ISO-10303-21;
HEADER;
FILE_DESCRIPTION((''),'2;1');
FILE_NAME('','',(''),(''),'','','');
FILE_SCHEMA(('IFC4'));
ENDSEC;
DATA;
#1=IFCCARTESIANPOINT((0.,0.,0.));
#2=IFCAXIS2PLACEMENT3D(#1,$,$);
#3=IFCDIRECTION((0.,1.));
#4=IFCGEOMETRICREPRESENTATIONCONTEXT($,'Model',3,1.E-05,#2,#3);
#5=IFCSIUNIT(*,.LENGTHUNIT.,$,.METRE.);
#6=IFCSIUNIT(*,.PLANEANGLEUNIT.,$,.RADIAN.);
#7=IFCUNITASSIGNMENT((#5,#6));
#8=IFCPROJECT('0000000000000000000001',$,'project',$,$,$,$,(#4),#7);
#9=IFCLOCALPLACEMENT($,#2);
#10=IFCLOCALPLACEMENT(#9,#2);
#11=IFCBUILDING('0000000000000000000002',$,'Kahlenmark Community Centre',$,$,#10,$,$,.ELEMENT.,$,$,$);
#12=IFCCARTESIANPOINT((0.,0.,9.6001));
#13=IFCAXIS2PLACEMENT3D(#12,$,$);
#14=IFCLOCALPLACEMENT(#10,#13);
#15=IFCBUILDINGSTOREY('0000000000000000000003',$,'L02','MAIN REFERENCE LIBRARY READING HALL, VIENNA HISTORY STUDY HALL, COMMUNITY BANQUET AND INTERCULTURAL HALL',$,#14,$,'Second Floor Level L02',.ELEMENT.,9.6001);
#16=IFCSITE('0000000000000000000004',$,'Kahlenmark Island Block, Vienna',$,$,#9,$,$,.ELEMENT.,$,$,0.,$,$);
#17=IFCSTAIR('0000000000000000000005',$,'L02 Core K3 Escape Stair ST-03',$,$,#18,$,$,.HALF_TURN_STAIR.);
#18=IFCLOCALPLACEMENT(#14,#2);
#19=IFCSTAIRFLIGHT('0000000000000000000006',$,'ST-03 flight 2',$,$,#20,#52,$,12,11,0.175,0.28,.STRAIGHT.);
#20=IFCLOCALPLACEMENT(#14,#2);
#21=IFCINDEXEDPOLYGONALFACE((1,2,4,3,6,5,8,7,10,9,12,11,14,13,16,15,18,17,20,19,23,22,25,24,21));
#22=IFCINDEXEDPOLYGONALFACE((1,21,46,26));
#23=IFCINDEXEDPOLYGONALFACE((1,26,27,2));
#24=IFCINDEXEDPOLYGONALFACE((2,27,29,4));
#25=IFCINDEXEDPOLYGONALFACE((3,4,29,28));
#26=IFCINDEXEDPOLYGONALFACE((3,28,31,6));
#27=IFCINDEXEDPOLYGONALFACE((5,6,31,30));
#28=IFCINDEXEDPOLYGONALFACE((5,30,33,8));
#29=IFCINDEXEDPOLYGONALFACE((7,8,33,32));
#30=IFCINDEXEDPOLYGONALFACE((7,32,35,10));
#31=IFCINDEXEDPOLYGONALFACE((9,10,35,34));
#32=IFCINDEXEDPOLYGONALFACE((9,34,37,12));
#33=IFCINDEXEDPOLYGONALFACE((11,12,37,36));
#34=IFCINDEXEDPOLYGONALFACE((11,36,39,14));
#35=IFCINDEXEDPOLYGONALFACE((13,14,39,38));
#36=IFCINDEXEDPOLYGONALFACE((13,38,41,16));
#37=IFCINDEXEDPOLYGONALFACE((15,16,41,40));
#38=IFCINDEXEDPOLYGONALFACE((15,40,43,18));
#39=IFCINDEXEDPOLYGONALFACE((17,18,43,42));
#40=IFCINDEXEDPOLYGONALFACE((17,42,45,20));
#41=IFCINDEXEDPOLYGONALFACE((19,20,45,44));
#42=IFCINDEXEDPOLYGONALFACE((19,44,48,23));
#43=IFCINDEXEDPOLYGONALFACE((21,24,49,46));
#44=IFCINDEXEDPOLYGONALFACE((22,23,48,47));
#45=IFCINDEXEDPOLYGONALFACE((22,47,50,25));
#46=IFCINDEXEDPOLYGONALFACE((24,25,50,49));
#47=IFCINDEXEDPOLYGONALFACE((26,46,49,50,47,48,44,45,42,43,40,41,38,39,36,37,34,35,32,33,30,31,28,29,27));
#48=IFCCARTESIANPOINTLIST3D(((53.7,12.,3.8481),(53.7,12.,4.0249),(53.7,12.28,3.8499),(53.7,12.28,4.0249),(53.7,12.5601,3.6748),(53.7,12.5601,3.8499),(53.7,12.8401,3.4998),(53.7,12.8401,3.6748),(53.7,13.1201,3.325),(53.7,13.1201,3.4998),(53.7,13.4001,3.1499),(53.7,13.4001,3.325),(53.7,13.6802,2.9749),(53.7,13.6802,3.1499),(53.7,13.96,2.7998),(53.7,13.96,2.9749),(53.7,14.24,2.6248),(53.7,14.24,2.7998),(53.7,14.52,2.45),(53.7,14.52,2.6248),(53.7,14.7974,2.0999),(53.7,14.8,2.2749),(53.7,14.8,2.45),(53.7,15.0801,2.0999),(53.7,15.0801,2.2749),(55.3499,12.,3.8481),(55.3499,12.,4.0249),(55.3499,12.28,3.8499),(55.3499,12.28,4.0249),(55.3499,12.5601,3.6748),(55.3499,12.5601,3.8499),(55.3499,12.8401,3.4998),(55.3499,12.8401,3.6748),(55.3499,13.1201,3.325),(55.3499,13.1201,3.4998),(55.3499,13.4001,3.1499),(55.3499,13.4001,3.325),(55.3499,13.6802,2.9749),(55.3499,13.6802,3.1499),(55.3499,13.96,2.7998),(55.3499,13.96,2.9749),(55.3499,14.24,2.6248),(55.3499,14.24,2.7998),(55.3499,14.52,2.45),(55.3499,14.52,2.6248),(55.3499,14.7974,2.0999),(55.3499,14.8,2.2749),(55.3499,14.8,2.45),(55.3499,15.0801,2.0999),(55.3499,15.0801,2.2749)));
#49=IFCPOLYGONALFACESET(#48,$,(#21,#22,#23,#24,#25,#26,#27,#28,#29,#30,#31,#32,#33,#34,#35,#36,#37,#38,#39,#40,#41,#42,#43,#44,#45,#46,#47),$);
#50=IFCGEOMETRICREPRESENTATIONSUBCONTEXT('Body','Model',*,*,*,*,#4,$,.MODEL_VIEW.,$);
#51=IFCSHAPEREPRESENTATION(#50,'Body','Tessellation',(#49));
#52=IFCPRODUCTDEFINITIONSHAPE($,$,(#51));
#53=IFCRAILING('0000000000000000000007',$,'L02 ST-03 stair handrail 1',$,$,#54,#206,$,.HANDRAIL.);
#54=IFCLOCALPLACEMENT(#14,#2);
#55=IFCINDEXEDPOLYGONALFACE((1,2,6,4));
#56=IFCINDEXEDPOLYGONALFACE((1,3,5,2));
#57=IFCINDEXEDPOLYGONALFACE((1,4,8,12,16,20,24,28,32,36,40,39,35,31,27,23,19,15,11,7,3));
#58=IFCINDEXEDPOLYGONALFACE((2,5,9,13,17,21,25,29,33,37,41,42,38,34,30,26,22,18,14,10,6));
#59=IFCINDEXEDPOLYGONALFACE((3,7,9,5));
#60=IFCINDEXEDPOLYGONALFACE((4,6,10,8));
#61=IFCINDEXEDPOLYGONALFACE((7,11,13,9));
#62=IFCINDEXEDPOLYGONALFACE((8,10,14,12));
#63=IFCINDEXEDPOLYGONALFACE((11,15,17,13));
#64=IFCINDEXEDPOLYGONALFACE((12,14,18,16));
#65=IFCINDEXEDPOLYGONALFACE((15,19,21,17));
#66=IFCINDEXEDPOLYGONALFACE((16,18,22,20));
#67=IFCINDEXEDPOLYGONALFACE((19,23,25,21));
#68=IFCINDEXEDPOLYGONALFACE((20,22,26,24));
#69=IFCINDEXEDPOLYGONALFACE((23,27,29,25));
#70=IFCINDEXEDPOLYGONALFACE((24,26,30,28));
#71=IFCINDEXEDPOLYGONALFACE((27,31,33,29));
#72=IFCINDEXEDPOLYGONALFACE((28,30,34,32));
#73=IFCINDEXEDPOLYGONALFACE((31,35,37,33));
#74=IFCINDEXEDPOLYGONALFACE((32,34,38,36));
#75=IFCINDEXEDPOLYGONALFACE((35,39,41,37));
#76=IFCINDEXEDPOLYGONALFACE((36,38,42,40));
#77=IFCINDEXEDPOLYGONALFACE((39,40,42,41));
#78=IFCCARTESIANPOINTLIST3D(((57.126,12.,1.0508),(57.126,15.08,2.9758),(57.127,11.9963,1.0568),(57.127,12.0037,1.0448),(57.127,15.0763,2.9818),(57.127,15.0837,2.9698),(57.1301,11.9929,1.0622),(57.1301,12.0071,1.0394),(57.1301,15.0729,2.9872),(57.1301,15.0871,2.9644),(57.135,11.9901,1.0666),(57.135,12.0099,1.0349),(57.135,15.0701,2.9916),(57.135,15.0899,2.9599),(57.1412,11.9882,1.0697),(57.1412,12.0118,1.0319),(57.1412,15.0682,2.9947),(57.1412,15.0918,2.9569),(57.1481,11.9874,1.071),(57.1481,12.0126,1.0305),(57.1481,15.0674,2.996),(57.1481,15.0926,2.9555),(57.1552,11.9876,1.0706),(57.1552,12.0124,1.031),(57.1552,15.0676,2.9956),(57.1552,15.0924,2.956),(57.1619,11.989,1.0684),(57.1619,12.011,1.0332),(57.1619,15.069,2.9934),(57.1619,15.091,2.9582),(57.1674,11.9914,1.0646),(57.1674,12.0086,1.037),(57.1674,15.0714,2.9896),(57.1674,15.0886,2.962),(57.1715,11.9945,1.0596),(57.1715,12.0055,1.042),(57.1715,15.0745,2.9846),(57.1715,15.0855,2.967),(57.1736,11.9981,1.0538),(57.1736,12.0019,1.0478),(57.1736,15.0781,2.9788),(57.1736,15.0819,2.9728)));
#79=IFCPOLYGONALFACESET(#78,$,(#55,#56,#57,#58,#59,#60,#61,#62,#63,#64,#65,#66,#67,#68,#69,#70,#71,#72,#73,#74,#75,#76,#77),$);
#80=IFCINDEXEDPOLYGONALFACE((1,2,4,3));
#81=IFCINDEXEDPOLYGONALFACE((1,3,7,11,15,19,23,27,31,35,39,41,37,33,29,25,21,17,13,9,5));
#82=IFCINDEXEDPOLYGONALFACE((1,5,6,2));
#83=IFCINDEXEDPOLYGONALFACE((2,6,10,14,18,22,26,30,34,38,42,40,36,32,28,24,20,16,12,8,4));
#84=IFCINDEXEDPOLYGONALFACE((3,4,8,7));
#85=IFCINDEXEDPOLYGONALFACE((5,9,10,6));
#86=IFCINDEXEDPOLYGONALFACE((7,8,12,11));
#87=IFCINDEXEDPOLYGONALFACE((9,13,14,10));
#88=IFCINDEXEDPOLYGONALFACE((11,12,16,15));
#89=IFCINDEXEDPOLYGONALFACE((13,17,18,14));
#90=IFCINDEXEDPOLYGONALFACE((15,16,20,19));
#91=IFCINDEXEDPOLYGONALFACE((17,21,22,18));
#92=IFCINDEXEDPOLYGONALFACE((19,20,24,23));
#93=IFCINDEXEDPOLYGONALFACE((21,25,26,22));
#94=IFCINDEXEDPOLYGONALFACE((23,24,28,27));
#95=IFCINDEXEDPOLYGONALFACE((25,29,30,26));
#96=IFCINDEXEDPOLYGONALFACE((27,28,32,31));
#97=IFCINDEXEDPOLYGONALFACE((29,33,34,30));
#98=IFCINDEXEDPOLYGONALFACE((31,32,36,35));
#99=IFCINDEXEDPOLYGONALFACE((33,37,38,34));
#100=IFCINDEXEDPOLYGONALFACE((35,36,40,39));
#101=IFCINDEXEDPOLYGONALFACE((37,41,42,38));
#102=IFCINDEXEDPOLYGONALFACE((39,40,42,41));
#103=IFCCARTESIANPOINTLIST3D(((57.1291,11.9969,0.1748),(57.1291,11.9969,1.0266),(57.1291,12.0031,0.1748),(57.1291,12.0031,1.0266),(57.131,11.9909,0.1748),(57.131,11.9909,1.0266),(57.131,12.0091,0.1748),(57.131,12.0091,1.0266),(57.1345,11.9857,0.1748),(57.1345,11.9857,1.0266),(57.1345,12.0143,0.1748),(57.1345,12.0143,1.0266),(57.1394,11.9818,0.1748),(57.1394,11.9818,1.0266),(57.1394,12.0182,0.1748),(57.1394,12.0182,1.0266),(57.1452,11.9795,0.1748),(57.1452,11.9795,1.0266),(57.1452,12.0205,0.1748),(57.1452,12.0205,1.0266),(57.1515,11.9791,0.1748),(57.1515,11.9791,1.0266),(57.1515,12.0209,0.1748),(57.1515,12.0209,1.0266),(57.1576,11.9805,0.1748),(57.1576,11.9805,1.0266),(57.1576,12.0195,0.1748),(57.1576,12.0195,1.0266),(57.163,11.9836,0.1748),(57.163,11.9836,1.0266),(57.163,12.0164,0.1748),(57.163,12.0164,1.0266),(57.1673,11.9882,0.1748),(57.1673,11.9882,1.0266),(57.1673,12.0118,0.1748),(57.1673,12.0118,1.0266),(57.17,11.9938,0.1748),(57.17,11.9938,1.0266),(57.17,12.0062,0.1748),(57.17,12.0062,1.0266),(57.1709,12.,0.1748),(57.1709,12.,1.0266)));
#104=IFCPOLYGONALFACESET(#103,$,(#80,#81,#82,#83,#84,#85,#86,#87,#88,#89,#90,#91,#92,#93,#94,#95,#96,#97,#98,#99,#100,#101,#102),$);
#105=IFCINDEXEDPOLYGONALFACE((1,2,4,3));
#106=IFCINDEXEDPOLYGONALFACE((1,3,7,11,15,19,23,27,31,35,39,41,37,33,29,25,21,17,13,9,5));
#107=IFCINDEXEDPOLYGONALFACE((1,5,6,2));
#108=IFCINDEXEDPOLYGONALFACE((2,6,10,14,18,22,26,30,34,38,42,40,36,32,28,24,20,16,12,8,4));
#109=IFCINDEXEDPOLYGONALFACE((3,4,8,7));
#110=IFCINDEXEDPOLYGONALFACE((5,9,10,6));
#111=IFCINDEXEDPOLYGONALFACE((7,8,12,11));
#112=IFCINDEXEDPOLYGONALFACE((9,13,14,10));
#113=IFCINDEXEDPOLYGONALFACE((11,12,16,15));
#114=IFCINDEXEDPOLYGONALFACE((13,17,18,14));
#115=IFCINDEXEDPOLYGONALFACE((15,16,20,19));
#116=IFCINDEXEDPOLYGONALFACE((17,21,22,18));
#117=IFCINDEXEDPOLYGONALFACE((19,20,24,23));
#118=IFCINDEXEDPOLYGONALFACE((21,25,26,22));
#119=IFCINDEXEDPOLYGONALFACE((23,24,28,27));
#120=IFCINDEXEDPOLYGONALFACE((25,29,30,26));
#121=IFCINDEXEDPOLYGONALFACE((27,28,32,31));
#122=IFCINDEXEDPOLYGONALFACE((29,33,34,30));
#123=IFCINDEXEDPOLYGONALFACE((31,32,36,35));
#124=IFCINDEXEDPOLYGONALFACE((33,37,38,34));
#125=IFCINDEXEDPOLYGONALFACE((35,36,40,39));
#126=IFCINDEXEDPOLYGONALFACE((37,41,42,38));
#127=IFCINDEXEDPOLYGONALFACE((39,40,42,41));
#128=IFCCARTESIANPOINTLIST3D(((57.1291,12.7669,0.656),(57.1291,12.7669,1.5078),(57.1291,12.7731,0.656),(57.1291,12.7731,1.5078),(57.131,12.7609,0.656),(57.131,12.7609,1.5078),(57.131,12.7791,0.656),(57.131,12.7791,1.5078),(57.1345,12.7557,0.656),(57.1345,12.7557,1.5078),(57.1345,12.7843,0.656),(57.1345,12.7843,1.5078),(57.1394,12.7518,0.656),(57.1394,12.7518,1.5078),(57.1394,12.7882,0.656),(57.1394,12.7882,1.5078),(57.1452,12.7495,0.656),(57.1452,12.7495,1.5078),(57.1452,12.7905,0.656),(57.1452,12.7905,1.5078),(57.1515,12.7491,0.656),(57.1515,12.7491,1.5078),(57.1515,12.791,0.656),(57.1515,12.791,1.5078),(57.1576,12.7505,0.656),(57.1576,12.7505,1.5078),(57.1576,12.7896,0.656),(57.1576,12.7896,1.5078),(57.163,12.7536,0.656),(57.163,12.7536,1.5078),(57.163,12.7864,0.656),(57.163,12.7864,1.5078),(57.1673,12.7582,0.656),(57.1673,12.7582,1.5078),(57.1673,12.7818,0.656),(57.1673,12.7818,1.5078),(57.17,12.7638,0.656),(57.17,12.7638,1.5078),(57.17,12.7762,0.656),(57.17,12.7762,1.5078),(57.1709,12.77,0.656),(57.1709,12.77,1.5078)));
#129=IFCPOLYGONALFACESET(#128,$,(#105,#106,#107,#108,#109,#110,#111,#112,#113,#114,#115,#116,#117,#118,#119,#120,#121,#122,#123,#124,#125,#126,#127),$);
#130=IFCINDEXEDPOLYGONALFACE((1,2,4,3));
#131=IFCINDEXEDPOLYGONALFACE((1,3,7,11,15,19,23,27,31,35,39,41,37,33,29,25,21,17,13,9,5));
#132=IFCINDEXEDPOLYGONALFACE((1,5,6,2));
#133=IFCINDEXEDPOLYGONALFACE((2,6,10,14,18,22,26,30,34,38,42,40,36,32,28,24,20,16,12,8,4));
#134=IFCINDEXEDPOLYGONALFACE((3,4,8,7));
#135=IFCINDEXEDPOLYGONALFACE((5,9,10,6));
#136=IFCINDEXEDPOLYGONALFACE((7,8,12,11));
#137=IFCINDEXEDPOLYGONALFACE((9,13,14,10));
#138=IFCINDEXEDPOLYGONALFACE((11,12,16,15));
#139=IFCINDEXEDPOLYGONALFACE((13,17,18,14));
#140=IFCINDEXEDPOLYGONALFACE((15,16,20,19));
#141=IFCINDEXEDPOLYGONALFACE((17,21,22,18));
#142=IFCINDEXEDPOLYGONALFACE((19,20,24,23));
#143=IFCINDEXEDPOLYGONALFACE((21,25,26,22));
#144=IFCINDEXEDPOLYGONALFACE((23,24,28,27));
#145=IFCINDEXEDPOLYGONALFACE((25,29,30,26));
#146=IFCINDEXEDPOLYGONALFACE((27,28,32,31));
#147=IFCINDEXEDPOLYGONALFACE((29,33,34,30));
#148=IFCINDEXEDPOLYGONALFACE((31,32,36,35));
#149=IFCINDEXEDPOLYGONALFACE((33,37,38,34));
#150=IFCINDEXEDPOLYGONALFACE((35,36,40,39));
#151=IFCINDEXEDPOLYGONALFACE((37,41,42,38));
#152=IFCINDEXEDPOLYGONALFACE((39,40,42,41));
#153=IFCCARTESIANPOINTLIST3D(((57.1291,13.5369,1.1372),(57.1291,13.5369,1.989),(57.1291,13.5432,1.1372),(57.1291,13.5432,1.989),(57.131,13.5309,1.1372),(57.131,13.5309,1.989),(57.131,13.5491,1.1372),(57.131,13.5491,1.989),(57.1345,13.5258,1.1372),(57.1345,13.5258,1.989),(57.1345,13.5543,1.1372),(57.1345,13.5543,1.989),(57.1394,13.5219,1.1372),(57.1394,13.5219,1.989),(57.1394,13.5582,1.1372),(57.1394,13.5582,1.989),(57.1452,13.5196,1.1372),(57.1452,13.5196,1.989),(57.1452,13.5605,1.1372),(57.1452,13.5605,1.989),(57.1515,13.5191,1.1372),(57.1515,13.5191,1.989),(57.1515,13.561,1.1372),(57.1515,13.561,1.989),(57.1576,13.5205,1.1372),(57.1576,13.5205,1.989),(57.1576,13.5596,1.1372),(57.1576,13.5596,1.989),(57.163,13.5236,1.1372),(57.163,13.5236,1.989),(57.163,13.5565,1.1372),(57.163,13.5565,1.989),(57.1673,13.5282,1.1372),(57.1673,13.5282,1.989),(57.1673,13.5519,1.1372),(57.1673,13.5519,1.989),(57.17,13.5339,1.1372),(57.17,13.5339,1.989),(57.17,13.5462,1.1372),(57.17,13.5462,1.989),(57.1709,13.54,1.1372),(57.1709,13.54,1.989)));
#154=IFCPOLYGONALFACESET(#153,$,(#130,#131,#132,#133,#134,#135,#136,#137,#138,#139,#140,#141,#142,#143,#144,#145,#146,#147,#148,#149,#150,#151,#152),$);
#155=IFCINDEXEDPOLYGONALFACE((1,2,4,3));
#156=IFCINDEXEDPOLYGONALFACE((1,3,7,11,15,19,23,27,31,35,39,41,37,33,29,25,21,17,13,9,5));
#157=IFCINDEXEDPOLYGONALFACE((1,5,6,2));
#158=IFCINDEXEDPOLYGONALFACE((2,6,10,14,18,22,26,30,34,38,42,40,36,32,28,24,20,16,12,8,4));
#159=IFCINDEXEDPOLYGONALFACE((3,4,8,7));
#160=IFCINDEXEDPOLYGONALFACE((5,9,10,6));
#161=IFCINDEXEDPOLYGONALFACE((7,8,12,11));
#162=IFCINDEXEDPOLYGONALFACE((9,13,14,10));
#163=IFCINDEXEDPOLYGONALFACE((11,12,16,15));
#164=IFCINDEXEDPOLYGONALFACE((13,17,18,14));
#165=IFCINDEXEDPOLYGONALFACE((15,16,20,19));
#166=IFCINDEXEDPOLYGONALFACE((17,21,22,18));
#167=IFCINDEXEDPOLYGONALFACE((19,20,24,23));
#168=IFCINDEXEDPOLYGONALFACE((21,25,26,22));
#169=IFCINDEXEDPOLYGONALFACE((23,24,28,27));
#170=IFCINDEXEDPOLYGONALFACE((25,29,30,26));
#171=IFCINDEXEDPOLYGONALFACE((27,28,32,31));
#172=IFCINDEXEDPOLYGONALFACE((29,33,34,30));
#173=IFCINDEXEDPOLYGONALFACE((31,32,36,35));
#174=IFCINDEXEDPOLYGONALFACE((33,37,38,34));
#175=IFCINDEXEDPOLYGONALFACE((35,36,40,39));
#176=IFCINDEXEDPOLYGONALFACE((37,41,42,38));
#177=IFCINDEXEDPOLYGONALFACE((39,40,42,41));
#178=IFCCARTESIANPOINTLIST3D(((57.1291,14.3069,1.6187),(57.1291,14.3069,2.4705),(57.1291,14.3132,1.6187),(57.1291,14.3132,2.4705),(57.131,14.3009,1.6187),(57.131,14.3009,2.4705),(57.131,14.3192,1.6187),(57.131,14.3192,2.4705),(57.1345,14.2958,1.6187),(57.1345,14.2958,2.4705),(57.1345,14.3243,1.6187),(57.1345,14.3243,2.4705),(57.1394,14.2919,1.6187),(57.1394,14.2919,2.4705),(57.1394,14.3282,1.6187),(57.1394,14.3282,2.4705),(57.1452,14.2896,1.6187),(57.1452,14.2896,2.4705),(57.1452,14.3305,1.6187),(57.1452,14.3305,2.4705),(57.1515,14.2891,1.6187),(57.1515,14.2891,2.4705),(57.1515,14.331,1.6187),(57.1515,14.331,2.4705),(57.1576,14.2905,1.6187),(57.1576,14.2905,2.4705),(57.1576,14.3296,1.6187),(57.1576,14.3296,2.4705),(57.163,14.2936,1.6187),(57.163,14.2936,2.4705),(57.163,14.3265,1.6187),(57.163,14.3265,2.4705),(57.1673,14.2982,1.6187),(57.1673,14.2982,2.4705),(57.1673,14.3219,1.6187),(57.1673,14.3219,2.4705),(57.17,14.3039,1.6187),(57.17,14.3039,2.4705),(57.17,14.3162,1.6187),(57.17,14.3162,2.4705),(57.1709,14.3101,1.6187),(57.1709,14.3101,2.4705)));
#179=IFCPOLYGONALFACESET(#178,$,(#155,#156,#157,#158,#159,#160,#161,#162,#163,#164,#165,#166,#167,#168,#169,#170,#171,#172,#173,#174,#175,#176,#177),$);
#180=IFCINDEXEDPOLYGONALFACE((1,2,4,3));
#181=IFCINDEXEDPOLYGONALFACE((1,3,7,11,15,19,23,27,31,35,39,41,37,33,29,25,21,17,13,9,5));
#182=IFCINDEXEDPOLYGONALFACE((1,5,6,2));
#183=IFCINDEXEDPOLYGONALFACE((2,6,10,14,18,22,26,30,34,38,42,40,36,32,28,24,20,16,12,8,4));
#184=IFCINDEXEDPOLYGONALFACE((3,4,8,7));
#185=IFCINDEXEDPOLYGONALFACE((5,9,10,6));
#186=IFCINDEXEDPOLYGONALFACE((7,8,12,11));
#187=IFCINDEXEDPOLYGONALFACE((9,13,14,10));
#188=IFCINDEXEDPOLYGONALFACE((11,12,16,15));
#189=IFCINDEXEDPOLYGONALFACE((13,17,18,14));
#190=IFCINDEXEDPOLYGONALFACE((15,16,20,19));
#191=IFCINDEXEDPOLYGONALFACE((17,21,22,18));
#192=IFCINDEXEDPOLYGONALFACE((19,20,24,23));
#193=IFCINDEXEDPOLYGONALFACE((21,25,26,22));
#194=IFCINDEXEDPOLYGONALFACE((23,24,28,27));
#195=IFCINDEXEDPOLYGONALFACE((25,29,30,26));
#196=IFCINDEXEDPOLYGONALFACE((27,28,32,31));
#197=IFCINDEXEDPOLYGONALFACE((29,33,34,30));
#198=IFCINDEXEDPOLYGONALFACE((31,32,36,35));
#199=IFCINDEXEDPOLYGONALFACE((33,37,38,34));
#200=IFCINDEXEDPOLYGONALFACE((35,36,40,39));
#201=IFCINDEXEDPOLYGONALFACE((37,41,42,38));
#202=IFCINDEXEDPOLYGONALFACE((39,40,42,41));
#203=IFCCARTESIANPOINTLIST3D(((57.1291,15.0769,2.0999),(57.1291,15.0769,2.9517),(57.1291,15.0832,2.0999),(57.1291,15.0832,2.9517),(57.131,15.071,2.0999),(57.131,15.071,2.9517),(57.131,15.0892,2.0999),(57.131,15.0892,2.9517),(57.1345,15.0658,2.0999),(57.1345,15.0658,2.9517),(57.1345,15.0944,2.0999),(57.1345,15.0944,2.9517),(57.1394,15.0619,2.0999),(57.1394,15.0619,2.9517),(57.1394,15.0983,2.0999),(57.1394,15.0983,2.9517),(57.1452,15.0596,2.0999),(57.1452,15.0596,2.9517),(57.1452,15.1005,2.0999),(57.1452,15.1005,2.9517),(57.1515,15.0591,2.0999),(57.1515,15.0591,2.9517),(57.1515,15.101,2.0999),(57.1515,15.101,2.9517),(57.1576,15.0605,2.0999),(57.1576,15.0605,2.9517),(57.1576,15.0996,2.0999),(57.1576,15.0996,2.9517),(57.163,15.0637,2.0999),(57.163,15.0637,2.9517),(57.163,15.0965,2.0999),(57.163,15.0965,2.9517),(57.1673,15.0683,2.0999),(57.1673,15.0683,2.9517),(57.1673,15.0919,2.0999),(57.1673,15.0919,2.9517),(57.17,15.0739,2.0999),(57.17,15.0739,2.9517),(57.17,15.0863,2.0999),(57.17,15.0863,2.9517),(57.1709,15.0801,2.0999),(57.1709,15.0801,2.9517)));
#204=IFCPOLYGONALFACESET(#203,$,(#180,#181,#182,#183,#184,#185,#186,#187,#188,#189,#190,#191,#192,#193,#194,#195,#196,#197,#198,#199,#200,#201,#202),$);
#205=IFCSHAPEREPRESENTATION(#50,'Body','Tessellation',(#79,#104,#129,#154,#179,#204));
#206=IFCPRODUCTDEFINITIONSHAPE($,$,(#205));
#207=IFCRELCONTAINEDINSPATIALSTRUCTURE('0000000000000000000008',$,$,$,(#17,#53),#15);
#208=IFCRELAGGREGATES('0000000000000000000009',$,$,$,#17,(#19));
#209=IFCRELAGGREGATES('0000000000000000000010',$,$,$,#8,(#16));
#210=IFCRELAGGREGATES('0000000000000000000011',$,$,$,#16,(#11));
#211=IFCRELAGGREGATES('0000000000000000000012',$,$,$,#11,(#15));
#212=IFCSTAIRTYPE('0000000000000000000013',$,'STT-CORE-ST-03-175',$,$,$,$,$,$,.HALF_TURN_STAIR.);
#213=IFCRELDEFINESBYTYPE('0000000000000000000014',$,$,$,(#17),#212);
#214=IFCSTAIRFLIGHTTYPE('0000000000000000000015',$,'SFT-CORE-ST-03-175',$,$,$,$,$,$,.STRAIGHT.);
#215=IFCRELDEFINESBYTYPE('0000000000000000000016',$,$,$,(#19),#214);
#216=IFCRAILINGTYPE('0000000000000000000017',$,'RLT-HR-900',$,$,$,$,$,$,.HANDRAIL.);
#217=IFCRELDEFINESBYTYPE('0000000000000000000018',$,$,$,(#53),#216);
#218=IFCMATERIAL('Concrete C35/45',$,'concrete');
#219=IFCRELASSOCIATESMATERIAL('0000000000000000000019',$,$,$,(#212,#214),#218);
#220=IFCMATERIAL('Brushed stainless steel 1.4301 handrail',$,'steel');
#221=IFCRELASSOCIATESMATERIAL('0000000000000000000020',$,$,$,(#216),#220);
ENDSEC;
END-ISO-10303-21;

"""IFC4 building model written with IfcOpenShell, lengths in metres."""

from ifc_helpers import new_model, si_unit, direction, frame, origin, origin_2d, place, context, subcontext, project, spatial, polyline, circle, outline, extrude, material, type_object, element, aggregate, save


model = new_model("IFC4")

# Units and contexts
model_context = context("Model", 3, precision=1e-05, world=origin(), true_north=direction((0.0, 1.0)))
body_context = subcontext(model_context, "Body", "Model", "MODEL_VIEW")
ifc_project = project(units=[si_unit("LENGTHUNIT", "METRE"), si_unit("PLANEANGLEUNIT", "RADIAN")], contexts=[model_context])

# Site, building, storey
site_placement = place(None, origin())
site = spatial("IfcSite", under=ifc_project, at=site_placement, Name="Kahlenmark Island Block, Vienna", CompositionType="ELEMENT", RefElevation=0.0)
building_placement = place(site_placement, origin())
building = spatial("IfcBuilding", under=site, at=building_placement, Name="Kahlenmark Community Centre", CompositionType="ELEMENT")
storey_placement = place(building_placement, frame((0.0, 0.0, 9.6001)))
storey = spatial("IfcBuildingStorey", under=building, at=storey_placement, Name="L02", Description="MAIN REFERENCE LIBRARY READING HALL, VIENNA HISTORY STUDY HALL, COMMUNITY BANQUET AND INTERCULTURAL HALL", LongName="Second Floor Level L02", CompositionType="ELEMENT", Elevation=9.6001)

# Shared definitions
ifc_material_1 = material(Name="Concrete C35/45", Category="concrete")

# Stair, stair flight
stair_type = type_object("IfcStairType", Name="STT-CORE-ST-03-175", PredefinedType="HALF_TURN_STAIR", material=ifc_material_1)
stair_placement = place(storey_placement, origin())
stair = element("IfcStair", 1, at=stair_placement, inside=storey, type_object=stair_type, Name="L02 Core K3 Escape Stair ST-03", PredefinedType="HALF_TURN_STAIR")
stair_flight_type = type_object("IfcStairFlightType", Name="SFT-CORE-ST-03-175", PredefinedType="STRAIGHT", material=ifc_material_1)
stair_flight_1_placement = place(storey_placement, frame((54.5249, 15.0801, 2.0999), z_axis=(0.0, 0.0, 1.0), x_axis=(0.0, -1.0, 0.0)))
stair_flight_1 = element("IfcStairFlight", 2, at=stair_flight_1_placement, type_object=stair_flight_type, Name="ST-03 flight 2", NumberOfRisers=12, NumberOfTreads=11, PredefinedType="STRAIGHT", RiserHeight=0.175, TreadLength=0.28, context=body_context, shape_type="SweptSolid", body=[
    extrude(outline(polyline([(0.0, 0.0), (0.0, 0.175), (0.28, 0.175), (0.28, 0.3501), (0.5601, 0.3501), (0.5601, 0.5249), (0.8401, 0.5249), (0.8401, 0.7), (1.1201, 0.7), (1.1201, 0.875), (1.3999, 0.875), (1.3999, 1.05), (1.6799, 1.05), (1.6799, 1.2251), (1.96, 1.2251), (1.96, 1.3999), (2.24, 1.3999), (2.24, 1.575), (2.52, 1.575), (2.52, 1.75), (2.8, 1.75), (2.8, 1.925), (3.0801, 1.925), (3.0801, 2.1001), (3.0801, 1.7483), (0.2827, 0.0), (0.0, 0.0)])), frame((0.0, 0.825, 0.0), z_axis=(0.0, -1.0, 0.0), x_axis=(1.0, 0.0, 0.0)), (0.0, 0.0, 1.0), 1.6499),
])
aggregate(stair, [stair_flight_1])

# Railing
ifc_material_2 = material(Name="Brushed stainless steel 1.4301 handrail", Category="steel")
railing_type_1 = type_object("IfcRailingType", Name="RLT-HR-900", PredefinedType="HANDRAIL", material=ifc_material_2)
railing_1_placement = place(storey_placement, frame((57.1499, 12.0, 0.1748)))
element("IfcRailing", 3, at=railing_1_placement, inside=storey, type_object=railing_type_1, Name="L02 ST-03 stair handrail 1", PredefinedType="HANDRAIL", context=body_context, shape_type="SweptSolid", body=[
    extrude(circle(Radius=0.0239, at=origin_2d()), frame((0.0, 0.0, 0.876), z_axis=(0.0, 0.847998, 0.529999), x_axis=(-1.0, 0.0, 0.0)), (0.0, 0.0, 1.0), 3.6321),
    extrude(circle(Radius=0.021, at=origin_2d()), origin(), (0.0, 0.0, 1.0), 0.8518),
    extrude(circle(Radius=0.021, at=origin_2d()), frame((0.0, 0.77, 0.4812)), (0.0, 0.0, 1.0), 0.8518),
    extrude(circle(Radius=0.021, at=origin_2d()), frame((0.0, 1.54, 0.9624)), (0.0, 0.0, 1.0), 0.8518),
    extrude(circle(Radius=0.021, at=origin_2d()), frame((0.0, 2.3101, 1.4438)), (0.0, 0.0, 1.0), 0.8518),
    extrude(circle(Radius=0.021, at=origin_2d()), frame((0.0, 3.0801, 1.925)), (0.0, 0.0, 1.0), 0.8518),
])

save(model, "model.ifc")
